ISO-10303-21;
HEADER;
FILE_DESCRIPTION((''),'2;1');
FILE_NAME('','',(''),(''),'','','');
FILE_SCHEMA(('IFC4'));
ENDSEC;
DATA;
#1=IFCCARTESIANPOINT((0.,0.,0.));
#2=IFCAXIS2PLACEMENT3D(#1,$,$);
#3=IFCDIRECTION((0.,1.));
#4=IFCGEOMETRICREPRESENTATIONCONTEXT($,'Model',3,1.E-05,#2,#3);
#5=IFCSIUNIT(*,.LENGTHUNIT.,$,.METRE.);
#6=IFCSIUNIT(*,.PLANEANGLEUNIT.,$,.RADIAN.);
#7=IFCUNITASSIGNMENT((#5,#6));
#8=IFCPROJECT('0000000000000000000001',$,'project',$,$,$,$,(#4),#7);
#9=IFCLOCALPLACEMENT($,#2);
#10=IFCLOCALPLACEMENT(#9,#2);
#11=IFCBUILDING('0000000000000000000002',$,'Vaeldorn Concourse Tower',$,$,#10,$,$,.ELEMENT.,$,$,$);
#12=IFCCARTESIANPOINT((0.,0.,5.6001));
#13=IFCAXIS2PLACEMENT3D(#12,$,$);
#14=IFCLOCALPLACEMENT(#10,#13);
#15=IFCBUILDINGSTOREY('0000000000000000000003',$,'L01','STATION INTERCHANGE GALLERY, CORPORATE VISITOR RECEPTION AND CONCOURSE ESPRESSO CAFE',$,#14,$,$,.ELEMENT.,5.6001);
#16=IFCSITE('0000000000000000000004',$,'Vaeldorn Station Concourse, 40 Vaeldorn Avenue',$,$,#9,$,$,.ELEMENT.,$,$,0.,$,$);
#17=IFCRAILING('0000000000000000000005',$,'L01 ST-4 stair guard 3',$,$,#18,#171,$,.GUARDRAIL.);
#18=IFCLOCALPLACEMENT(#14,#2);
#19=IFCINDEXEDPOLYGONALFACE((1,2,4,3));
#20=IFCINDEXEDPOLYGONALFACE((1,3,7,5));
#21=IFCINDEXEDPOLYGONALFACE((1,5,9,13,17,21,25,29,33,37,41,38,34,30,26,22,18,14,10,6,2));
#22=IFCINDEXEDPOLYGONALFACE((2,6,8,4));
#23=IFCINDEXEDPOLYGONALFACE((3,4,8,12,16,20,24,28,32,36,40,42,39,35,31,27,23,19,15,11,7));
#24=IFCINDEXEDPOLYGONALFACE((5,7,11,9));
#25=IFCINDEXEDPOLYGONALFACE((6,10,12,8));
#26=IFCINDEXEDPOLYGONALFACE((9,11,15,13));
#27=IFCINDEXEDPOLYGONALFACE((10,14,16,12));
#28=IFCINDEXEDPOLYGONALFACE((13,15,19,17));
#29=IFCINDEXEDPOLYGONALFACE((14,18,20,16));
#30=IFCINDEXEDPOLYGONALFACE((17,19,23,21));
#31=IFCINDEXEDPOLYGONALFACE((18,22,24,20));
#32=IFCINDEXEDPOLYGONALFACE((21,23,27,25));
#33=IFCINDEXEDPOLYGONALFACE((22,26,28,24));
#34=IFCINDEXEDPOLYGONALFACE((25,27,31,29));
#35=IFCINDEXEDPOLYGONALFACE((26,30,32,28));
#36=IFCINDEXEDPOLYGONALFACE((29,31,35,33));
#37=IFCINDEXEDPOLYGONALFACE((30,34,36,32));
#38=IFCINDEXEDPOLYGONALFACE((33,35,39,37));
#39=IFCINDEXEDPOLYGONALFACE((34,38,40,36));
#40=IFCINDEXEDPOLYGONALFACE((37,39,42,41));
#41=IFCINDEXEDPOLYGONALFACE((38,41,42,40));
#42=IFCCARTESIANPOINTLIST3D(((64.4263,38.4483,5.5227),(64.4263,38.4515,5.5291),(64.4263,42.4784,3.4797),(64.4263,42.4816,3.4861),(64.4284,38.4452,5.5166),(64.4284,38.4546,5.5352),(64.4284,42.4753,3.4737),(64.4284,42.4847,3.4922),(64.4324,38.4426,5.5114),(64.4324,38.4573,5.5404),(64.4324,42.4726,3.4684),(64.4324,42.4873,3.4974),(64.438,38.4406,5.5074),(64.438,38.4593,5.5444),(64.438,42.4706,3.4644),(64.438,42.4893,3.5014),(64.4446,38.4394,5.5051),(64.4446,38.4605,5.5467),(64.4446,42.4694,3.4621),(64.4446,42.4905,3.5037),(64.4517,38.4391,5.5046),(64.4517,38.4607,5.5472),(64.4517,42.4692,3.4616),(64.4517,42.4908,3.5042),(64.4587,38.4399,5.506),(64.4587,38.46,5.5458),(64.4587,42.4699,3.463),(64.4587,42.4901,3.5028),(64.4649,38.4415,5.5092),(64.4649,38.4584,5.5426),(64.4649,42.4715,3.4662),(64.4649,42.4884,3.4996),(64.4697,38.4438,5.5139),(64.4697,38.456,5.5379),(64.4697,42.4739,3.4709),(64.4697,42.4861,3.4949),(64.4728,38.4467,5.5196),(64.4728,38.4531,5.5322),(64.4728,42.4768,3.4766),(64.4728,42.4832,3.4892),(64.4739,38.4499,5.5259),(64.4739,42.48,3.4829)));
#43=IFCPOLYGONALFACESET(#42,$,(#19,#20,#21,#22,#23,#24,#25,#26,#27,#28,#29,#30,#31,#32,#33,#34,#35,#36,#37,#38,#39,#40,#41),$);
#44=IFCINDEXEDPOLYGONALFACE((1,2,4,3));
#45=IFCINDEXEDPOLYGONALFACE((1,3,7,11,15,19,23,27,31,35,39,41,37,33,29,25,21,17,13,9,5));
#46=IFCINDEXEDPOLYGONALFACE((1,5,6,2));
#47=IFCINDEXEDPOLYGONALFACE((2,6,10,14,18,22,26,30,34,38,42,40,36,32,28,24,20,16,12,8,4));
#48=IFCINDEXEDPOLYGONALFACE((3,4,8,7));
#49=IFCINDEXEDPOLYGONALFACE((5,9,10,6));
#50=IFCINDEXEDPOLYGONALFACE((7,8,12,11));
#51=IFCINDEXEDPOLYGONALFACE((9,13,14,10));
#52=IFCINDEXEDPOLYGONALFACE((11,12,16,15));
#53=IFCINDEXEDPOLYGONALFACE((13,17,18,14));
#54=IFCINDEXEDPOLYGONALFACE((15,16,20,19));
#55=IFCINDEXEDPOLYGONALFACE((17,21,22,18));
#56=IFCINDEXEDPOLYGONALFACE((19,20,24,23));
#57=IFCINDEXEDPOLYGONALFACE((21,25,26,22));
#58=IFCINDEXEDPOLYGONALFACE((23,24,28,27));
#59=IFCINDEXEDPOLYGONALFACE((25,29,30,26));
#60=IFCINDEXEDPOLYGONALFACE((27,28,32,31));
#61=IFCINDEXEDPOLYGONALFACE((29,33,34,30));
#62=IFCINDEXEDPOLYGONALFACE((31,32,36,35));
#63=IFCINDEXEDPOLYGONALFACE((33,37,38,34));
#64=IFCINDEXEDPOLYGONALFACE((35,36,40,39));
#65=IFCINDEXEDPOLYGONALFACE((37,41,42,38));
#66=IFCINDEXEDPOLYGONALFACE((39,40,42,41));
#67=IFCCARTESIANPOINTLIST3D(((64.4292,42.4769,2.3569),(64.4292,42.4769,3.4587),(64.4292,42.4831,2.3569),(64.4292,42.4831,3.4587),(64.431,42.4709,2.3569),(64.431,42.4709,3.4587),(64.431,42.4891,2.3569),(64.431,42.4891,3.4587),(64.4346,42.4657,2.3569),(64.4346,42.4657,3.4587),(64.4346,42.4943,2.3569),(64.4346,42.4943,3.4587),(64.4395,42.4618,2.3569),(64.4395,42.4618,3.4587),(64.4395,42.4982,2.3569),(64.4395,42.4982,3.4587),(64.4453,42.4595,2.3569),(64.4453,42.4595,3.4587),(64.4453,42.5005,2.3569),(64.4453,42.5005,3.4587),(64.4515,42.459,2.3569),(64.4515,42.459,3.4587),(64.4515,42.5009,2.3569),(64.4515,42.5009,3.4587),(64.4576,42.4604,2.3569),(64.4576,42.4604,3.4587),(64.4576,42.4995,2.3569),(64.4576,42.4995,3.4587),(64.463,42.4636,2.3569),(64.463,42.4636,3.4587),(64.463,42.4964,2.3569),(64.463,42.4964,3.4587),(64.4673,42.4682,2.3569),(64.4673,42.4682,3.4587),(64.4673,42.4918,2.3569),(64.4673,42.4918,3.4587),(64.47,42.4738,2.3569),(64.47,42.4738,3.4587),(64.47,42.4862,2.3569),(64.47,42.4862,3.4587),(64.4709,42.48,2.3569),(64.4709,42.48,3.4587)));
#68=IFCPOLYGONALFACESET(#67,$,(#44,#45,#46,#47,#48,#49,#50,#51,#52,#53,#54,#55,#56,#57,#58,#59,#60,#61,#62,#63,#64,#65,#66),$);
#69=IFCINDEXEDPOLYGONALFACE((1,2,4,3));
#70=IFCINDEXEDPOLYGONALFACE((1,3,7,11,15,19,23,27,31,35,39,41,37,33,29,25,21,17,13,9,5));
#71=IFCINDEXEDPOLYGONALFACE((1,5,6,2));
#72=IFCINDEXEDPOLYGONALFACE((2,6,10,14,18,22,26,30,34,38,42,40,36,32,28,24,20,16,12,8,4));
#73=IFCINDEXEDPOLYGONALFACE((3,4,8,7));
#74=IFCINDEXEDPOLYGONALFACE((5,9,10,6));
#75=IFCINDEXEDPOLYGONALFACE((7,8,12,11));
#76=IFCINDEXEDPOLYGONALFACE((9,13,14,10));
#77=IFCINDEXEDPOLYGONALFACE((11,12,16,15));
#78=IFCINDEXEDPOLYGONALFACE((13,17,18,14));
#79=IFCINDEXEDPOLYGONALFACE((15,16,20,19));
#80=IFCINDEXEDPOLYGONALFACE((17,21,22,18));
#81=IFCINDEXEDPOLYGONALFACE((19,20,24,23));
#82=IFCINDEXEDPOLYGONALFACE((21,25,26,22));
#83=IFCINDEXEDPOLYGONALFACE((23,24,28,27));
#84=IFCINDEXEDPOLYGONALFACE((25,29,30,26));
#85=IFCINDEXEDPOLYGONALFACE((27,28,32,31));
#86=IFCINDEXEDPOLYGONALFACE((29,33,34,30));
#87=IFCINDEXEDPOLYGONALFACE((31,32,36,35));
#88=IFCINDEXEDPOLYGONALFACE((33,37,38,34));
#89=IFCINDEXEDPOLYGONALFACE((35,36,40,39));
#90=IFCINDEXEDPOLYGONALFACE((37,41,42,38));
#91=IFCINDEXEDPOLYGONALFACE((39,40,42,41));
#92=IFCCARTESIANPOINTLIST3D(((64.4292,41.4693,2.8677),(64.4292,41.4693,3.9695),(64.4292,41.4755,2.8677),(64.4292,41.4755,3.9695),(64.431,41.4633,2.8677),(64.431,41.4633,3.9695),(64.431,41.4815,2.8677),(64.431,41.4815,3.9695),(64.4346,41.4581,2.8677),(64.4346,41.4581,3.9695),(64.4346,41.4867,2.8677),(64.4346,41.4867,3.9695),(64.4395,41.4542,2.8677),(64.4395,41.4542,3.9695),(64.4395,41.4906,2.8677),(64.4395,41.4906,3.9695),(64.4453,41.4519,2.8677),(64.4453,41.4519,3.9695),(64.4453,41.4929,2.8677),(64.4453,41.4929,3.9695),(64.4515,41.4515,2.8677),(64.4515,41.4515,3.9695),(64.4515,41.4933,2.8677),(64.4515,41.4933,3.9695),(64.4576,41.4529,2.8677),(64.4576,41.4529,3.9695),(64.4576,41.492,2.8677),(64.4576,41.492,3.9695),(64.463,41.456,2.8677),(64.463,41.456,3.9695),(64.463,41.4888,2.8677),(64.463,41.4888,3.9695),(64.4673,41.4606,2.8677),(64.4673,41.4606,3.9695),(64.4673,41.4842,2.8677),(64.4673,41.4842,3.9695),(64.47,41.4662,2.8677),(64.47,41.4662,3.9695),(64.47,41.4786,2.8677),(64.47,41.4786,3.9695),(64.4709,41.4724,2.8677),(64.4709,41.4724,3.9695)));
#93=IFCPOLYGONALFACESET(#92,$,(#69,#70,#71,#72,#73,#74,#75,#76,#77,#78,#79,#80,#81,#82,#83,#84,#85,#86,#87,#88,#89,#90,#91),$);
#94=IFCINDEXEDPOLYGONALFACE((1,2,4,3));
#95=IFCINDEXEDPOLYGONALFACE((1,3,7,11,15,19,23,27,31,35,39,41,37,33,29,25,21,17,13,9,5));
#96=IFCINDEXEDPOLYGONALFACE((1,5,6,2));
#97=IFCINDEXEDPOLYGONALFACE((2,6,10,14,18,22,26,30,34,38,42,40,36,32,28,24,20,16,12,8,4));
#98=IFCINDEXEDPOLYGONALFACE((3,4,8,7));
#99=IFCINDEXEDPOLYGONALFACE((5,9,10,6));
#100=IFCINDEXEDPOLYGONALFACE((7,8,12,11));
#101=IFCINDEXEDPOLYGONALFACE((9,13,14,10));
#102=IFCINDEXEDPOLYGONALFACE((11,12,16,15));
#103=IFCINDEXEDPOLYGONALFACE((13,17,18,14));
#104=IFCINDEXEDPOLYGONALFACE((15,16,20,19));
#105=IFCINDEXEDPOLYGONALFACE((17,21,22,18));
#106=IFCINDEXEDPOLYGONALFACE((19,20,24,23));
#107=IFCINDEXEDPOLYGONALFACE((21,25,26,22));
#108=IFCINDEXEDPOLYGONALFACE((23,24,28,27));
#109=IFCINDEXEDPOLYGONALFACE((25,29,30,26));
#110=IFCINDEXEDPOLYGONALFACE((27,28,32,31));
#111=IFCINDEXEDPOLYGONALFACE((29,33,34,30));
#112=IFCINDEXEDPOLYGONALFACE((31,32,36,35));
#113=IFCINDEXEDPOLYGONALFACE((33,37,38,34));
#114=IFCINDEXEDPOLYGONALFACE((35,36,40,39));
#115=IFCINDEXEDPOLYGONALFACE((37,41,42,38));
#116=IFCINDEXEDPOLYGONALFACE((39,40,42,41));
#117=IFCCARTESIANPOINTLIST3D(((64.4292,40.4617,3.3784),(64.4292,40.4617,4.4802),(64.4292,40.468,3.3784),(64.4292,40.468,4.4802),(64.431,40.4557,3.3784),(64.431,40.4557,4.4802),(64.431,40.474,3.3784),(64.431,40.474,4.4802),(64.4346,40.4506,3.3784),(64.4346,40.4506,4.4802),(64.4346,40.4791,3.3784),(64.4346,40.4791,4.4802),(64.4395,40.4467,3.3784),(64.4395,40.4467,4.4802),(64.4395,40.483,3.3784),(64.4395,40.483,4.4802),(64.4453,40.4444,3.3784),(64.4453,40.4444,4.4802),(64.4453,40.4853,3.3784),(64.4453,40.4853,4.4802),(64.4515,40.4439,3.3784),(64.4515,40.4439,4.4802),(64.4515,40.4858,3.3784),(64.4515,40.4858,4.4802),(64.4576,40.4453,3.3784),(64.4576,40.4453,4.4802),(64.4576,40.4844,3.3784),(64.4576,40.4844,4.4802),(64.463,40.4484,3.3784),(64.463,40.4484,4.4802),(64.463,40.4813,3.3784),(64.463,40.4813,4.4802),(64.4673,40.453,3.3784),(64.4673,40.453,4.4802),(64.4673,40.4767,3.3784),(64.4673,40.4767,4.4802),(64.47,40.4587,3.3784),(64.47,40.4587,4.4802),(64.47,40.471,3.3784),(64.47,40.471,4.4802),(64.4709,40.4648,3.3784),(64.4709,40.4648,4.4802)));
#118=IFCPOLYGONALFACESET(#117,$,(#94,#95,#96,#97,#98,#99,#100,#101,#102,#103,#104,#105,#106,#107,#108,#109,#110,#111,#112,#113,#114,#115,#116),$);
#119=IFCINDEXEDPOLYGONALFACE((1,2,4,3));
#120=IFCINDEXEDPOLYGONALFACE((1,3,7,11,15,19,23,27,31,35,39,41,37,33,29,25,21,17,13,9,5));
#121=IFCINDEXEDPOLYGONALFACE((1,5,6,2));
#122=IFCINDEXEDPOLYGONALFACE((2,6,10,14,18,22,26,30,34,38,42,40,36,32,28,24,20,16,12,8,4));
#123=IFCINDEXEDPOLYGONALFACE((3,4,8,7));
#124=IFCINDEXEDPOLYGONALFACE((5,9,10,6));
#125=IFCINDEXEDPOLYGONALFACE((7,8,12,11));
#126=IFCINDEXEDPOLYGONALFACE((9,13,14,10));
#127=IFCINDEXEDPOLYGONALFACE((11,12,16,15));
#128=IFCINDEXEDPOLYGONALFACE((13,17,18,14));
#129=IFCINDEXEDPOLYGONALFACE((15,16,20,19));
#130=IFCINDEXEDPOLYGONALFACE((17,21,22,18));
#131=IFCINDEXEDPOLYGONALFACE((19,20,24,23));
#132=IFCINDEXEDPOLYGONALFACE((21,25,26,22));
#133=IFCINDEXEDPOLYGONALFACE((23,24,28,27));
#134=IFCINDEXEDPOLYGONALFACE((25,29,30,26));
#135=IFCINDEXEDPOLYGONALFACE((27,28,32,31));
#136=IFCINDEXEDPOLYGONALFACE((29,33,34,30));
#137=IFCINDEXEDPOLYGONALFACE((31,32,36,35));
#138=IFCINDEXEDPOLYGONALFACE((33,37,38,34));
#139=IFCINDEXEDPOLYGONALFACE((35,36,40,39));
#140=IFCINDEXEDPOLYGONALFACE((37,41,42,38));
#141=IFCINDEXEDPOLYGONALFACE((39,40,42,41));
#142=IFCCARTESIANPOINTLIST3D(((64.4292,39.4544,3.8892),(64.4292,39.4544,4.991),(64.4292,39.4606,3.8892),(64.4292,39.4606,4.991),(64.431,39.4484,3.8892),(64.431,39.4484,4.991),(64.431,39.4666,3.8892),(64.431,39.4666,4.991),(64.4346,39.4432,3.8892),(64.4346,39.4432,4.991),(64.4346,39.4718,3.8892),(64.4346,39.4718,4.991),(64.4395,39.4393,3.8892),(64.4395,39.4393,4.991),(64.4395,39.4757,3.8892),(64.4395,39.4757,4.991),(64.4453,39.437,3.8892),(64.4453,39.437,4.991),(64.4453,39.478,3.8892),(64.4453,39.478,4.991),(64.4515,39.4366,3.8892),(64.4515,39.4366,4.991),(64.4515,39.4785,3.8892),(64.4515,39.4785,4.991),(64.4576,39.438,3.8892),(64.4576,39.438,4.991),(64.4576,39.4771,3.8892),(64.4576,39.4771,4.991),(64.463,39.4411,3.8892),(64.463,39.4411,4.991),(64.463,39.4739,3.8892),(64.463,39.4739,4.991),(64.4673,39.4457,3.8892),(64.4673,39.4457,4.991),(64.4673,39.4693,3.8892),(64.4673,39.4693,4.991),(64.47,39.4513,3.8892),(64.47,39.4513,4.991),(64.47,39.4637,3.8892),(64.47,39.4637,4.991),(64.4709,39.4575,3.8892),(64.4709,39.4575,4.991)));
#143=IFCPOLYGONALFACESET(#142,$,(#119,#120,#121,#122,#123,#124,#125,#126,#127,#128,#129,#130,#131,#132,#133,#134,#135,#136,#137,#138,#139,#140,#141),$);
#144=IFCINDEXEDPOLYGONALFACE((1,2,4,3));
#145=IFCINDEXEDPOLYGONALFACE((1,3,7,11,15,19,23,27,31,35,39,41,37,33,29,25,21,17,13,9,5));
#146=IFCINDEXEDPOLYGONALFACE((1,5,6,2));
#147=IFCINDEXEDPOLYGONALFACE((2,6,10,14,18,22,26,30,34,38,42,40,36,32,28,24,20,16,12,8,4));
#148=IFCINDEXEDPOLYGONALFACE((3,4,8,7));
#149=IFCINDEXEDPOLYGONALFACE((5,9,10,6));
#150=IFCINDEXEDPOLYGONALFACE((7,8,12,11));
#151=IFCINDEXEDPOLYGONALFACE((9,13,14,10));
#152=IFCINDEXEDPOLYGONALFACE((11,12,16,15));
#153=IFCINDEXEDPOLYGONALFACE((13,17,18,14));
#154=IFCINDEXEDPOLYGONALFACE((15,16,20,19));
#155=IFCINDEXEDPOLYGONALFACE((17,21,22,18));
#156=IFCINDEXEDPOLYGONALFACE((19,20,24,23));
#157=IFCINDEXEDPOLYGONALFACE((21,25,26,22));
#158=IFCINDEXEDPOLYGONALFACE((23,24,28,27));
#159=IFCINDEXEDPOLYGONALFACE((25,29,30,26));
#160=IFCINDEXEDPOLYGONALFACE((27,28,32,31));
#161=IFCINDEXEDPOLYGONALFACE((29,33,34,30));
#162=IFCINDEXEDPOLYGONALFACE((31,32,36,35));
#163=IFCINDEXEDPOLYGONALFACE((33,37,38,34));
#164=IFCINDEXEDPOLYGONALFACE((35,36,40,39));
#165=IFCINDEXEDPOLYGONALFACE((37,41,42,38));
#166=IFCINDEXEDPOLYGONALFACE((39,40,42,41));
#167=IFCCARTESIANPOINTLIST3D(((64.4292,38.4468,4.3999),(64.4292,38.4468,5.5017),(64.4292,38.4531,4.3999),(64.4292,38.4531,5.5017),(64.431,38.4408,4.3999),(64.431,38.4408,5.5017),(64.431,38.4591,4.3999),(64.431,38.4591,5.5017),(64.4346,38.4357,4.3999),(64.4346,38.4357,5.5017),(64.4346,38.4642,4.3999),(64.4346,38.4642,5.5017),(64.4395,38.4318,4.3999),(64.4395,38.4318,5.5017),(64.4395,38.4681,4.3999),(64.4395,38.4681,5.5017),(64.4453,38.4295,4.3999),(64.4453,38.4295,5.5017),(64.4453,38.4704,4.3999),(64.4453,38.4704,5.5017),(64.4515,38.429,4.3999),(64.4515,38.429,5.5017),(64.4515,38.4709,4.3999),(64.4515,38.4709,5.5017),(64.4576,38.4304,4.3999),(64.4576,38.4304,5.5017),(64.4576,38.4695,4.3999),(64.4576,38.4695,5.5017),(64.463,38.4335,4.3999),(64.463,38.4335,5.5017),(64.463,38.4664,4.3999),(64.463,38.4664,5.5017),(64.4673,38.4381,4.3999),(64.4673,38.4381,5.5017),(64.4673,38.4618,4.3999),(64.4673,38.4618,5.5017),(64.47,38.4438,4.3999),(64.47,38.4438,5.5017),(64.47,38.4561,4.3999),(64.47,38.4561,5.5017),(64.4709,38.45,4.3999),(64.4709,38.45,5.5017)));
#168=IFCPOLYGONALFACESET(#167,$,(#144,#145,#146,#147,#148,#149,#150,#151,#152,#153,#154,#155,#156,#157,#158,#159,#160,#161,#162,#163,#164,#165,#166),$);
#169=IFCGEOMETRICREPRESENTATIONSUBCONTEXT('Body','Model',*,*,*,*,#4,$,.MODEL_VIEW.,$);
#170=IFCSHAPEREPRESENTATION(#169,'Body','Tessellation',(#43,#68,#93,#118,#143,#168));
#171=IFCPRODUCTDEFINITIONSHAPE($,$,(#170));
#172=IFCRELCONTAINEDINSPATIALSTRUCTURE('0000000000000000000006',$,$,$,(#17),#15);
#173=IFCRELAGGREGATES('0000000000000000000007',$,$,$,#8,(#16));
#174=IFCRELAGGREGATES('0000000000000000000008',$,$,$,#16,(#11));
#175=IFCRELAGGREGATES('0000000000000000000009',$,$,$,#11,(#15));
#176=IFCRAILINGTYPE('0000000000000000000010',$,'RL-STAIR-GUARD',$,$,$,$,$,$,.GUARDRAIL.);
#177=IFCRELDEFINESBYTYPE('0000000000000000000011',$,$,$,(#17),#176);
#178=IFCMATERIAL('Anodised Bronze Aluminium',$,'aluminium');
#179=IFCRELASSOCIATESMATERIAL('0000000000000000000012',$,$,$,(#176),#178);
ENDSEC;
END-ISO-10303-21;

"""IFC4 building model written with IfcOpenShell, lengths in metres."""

from ifc_helpers import new_model, si_unit, direction, frame, origin, origin_2d, place, context, subcontext, project, spatial, circle, extrude, material, type_object, element, save


model = new_model("IFC4")

# Units and contexts
model_context = context("Model", 3, precision=1e-05, world=origin(), true_north=direction((0.0, 1.0)))
body_context = subcontext(model_context, "Body", "Model", "MODEL_VIEW")
ifc_project = project(units=[si_unit("LENGTHUNIT", "METRE"), si_unit("PLANEANGLEUNIT", "RADIAN")], contexts=[model_context])

# Site, building, storey
site_placement = place(None, origin())
site = spatial("IfcSite", under=ifc_project, at=site_placement, Name="Vaeldorn Station Concourse, 40 Vaeldorn Avenue", CompositionType="ELEMENT", RefElevation=0.0)
building_placement = place(site_placement, origin())
building = spatial("IfcBuilding", under=site, at=building_placement, Name="Vaeldorn Concourse Tower", CompositionType="ELEMENT")
storey_placement = place(building_placement, frame((0.0, 0.0, 5.6001)))
storey = spatial("IfcBuildingStorey", under=building, at=storey_placement, Name="L01", Description="STATION INTERCHANGE GALLERY, CORPORATE VISITOR RECEPTION AND CONCOURSE ESPRESSO CAFE", CompositionType="ELEMENT", Elevation=5.6001)

# Shared definitions
ifc_material_1 = material(Name="Anodised Bronze Aluminium", Category="aluminium")

# Railing
railing_type_1 = type_object("IfcRailingType", Name="RL-STAIR-GUARD", PredefinedType="GUARDRAIL", material=ifc_material_1)
railing_1_placement = place(storey_placement, frame((64.45, 42.48, 2.3569)))
element("IfcRailing", 1, at=railing_1_placement, inside=storey, type_object=railing_type_1, Name="L01 ST-4 stair guard 3", PredefinedType="GUARDRAIL", context=body_context, shape_type="SweptSolid", body=[
    extrude(circle(Radius=0.0239, at=origin_2d()), frame((0.0, 0.0, 1.126), z_axis=(0.0, -0.891939, 0.452156), x_axis=(1.0, 0.0, 0.0)), (0.0, 0.0, 1.0), 4.5183),
    extrude(circle(Radius=0.021, at=origin_2d()), origin(), (0.0, 0.0, 1.0), 1.1018),
    extrude(circle(Radius=0.021, at=origin_2d()), frame((0.0, -1.0076, 0.5107)), (0.0, 0.0, 1.0), 1.1018),
    extrude(circle(Radius=0.021, at=origin_2d()), frame((0.0, -2.0151, 1.0215)), (0.0, 0.0, 1.0), 1.1018),
    extrude(circle(Radius=0.021, at=origin_2d()), frame((0.0, -3.0225, 1.5322)), (0.0, 0.0, 1.0), 1.1018),
    extrude(circle(Radius=0.021, at=origin_2d()), frame((0.0, -4.03, 2.043)), (0.0, 0.0, 1.0), 1.1018),
])

save(model, "model.ifc")
